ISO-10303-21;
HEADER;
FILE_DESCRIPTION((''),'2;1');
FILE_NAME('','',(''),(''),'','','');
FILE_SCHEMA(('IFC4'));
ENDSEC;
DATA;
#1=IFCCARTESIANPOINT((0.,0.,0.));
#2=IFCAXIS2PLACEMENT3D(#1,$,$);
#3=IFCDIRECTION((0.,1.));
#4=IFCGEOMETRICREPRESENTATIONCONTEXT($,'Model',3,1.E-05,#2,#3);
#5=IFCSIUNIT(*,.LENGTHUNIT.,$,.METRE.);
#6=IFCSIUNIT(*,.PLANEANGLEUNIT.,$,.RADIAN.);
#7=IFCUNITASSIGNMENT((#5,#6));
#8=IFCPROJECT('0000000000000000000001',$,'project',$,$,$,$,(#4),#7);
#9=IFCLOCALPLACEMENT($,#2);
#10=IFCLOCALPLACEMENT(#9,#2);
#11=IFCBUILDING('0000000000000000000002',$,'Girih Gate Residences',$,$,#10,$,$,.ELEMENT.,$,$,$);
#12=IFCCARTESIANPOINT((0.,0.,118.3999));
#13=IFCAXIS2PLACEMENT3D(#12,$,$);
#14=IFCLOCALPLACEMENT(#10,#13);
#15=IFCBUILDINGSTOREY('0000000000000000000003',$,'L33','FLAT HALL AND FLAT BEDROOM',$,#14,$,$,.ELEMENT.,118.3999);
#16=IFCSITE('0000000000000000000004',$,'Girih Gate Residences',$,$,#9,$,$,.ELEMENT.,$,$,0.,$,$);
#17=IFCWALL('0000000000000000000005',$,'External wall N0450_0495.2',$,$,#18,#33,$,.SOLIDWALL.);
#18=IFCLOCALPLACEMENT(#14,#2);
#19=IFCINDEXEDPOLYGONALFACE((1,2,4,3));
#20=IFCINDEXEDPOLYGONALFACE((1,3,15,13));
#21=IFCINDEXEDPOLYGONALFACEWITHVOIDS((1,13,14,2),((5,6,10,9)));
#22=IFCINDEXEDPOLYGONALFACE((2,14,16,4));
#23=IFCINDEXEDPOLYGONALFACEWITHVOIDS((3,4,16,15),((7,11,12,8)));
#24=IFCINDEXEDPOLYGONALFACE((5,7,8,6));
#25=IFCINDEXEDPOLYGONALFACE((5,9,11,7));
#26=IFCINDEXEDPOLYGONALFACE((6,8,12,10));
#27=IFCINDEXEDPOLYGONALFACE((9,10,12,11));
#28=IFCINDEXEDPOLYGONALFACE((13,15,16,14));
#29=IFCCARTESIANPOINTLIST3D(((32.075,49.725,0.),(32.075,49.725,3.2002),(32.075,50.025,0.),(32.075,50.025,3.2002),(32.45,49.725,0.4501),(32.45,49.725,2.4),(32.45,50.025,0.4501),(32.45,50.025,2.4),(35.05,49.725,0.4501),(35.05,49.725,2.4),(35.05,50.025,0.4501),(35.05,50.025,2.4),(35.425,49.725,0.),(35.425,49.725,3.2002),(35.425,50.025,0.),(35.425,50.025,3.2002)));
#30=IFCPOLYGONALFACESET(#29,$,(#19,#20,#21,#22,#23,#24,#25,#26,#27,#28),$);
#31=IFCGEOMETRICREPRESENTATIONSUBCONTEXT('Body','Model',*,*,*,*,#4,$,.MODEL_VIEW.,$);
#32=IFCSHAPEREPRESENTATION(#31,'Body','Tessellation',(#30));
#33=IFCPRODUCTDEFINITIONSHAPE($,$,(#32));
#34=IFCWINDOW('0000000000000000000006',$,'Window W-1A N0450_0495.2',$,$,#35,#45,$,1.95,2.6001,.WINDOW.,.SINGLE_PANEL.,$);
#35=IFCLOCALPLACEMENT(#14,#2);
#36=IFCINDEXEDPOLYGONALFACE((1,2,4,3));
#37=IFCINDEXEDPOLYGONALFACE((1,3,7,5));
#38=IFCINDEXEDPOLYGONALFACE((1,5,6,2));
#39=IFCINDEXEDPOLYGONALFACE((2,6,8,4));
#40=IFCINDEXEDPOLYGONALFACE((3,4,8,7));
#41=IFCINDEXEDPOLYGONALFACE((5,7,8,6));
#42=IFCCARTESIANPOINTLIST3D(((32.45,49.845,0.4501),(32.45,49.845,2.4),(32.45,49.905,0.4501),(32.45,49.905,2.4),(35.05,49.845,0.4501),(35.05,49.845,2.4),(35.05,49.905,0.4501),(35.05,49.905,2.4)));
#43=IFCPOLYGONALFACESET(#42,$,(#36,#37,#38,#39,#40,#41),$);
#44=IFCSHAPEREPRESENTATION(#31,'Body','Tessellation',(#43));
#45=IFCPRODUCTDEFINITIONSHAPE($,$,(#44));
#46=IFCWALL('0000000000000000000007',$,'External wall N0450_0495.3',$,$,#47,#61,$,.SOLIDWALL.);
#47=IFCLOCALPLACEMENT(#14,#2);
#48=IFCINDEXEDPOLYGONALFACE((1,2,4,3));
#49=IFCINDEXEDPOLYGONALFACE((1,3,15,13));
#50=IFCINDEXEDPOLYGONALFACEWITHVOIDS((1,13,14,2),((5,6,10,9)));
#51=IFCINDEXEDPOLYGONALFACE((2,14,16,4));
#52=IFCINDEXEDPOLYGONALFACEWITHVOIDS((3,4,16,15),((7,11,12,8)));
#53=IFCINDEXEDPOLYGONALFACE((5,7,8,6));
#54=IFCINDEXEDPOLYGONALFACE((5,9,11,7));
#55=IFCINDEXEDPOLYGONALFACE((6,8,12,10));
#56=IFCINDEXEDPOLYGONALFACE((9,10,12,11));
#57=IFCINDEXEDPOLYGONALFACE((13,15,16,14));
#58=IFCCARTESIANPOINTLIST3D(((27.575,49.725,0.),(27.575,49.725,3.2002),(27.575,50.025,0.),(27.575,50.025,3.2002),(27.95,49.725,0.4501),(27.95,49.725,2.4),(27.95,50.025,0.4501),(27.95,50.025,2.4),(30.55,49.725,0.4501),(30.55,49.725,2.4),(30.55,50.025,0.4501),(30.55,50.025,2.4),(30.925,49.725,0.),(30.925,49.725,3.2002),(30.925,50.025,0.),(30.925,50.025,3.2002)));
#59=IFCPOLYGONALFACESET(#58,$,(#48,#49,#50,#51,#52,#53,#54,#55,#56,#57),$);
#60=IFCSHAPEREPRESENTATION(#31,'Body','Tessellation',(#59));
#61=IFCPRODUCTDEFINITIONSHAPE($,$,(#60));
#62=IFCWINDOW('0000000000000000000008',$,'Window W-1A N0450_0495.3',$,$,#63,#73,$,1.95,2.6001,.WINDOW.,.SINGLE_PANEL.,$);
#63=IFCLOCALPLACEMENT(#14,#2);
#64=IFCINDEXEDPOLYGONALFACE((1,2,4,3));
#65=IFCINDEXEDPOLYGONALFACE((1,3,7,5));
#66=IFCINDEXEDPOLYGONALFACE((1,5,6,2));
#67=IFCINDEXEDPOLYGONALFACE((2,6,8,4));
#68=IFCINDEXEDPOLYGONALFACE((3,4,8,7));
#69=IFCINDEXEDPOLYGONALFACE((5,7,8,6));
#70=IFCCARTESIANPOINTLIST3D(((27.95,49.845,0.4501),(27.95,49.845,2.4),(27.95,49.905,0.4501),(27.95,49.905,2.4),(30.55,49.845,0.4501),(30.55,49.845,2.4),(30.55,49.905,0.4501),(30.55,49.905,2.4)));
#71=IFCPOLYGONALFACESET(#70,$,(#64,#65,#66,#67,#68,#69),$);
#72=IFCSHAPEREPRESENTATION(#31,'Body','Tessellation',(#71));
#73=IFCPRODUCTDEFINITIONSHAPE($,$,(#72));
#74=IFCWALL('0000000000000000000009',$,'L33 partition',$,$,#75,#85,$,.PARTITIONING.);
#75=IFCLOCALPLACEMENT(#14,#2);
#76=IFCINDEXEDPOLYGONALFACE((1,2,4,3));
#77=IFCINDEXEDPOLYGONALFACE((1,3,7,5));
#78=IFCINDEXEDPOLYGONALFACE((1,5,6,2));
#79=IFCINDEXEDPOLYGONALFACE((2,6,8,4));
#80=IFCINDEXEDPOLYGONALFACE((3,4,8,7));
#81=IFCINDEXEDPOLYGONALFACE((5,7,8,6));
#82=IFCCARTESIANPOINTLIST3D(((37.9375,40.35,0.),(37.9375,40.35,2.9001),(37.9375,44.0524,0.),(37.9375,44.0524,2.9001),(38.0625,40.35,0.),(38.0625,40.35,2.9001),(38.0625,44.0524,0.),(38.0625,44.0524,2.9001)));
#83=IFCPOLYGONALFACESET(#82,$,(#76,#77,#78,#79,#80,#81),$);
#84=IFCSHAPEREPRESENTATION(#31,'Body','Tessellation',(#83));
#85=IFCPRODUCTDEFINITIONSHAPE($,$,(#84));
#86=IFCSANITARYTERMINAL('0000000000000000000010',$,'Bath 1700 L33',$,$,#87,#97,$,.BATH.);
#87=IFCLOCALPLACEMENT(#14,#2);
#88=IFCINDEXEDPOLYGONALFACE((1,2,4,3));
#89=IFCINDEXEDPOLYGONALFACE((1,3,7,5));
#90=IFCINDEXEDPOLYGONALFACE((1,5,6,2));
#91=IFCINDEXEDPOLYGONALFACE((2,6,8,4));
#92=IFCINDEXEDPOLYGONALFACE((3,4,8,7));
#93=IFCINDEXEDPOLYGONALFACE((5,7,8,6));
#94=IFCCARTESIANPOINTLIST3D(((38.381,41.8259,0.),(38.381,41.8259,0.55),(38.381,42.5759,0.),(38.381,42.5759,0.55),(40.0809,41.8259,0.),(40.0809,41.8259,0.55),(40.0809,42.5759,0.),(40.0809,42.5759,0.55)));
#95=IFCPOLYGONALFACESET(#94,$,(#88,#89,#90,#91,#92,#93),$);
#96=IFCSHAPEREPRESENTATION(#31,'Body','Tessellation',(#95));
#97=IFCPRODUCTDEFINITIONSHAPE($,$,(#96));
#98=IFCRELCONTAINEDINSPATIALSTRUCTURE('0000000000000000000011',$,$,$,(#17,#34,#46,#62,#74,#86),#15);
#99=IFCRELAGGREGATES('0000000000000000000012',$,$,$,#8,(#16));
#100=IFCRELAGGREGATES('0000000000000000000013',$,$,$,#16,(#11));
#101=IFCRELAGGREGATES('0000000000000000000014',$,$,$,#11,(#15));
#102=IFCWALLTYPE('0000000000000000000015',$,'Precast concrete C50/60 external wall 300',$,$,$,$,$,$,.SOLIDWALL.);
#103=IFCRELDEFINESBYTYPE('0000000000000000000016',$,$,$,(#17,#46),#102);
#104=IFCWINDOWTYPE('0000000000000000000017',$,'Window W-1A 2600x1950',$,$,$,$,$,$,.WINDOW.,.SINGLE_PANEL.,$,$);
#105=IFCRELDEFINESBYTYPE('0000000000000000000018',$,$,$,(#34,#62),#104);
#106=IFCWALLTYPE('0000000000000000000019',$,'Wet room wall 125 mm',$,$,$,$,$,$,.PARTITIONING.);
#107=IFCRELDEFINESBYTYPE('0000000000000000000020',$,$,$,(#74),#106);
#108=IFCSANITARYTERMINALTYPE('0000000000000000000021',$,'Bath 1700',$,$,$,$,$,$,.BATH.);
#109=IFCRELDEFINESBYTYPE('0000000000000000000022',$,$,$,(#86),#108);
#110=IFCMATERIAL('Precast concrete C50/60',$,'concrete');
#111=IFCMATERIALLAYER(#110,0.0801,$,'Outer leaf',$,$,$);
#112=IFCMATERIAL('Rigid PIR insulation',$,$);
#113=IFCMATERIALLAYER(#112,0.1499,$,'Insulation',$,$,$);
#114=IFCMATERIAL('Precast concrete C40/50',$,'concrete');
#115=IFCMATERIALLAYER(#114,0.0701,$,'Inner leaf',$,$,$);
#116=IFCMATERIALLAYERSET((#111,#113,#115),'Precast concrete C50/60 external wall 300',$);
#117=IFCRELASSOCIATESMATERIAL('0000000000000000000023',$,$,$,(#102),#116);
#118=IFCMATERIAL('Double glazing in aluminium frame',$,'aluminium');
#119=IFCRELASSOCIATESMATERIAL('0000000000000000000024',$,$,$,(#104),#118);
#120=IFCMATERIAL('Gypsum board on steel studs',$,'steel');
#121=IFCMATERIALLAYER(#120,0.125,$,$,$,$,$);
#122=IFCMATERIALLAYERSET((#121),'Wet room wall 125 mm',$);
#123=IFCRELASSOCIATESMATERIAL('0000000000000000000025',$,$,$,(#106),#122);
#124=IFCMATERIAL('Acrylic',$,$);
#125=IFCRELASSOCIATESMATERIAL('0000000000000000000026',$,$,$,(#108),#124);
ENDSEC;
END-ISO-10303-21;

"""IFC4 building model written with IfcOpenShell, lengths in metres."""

from ifc_helpers import new_model, si_unit, direction, frame, frame_2d, origin, origin_2d, place, context, subcontext, project, spatial, rectangle, extrude, material, layer, layer_set, type_object, element, fill, save


model = new_model("IFC4")

# Units and contexts
model_context = context("Model", 3, precision=1e-05, world=origin(), true_north=direction((0.0, 1.0)))
body_context = subcontext(model_context, "Body", "Model", "MODEL_VIEW")
ifc_project = project(units=[si_unit("LENGTHUNIT", "METRE"), si_unit("PLANEANGLEUNIT", "RADIAN")], contexts=[model_context])

# Site, building, storey
site_placement = place(None, origin())
site = spatial("IfcSite", under=ifc_project, at=site_placement, Name="Girih Gate Residences", CompositionType="ELEMENT", RefElevation=0.0)
building_placement = place(site_placement, origin())
building = spatial("IfcBuilding", under=site, at=building_placement, Name="Girih Gate Residences", CompositionType="ELEMENT")
storey_placement = place(building_placement, frame((0.0, 0.0, 118.3999)))
storey = spatial("IfcBuildingStorey", under=building, at=storey_placement, Name="L33", Description="FLAT HALL AND FLAT BEDROOM", CompositionType="ELEMENT", Elevation=118.3999)

# Shared definitions
ifc_material_1 = material(Name="Gypsum board on steel studs", Category="steel")

# Walls, openings, windows
ifc_material_2 = material(Name="Precast concrete C50/60", Category="concrete")
ifc_layer_1 = layer(ifc_material_2, 0.0801, Name="Outer leaf")
ifc_material_3 = material(Name="Rigid PIR insulation")
ifc_layer_2 = layer(ifc_material_3, 0.1499, Name="Insulation")
ifc_material_4 = material(Name="Precast concrete C40/50", Category="concrete")
ifc_layer_3 = layer(ifc_material_4, 0.0701, Name="Inner leaf")
ifc_layer_set_1 = layer_set([ifc_layer_1, ifc_layer_2, ifc_layer_3], Name="Precast concrete C50/60 external wall 300")
wall_type_1 = type_object("IfcWallType", Name="Precast concrete C50/60 external wall 300", PredefinedType="SOLIDWALL", material=ifc_layer_set_1)
ifc_material_5 = material(Name="Double glazing in aluminium frame", Category="aluminium")
window_type = type_object("IfcWindowType", Name="Window W-1A 2600x1950", PartitioningType="SINGLE_PANEL", PredefinedType="WINDOW", material=ifc_material_5)
wall_1_placement = place(storey_placement, frame((32.075, 49.875, 0.0), z_axis=(0.0, 0.0, 1.0), x_axis=(1.0, 0.0, 0.0)))
wall_1 = element("IfcWall", 1, at=wall_1_placement, inside=storey, type_object=wall_type_1, Name="External wall N0450_0495.2", PredefinedType="SOLIDWALL", context=body_context, shape_type="SweptSolid", body=[
    extrude(rectangle(XDim=3.3501, YDim=0.3, at=frame_2d((1.675, 0.0))), origin(), (0.0, 0.0, 1.0), 3.2002),
])
opening_1_placement = place(wall_1_placement, frame((0.375, 0.0, 0.45)))
opening_1 = element("IfcOpeningElement", 2, at=opening_1_placement, cuts=wall_1, PredefinedType="OPENING", context=body_context, shape_type="SweptSolid", body=[
    extrude(rectangle(XDim=2.6001, YDim=1.95, at=frame_2d((1.3, 0.9751))), frame((0.0, 0.1599, 0.0), z_axis=(0.0, -1.0, 0.0), x_axis=(1.0, 0.0, 0.0)), (0.0, 0.0, 1.0), 0.3201),
])
window_1_placement = place(opening_1_placement, origin())
window_1 = element("IfcWindow", 3, at=window_1_placement, inside=storey, type_object=window_type, Name="Window W-1A N0450_0495.2", OverallHeight=1.95, OverallWidth=2.6001, PartitioningType="SINGLE_PANEL", PredefinedType="WINDOW", context=body_context, shape_type="SweptSolid", body=[
    extrude(rectangle(XDim=2.6001, YDim=1.95, at=frame_2d((1.3, 0.9751))), frame((0.0, 0.03, 0.0), z_axis=(0.0, -1.0, 0.0), x_axis=(1.0, 0.0, 0.0)), (0.0, 0.0, 1.0), 0.0601),
])
fill(opening_1, window_1)
wall_2_placement = place(storey_placement, frame((27.575, 49.875, 0.0), z_axis=(0.0, 0.0, 1.0), x_axis=(1.0, 0.0, 0.0)))
wall_2 = element("IfcWall", 4, at=wall_2_placement, inside=storey, type_object=wall_type_1, Name="External wall N0450_0495.3", PredefinedType="SOLIDWALL", context=body_context, shape_type="SweptSolid", body=[
    extrude(rectangle(XDim=3.3501, YDim=0.3, at=frame_2d((1.675, 0.0))), origin(), (0.0, 0.0, 1.0), 3.2002),
])
opening_2_placement = place(wall_2_placement, frame((0.375, 0.0, 0.45)))
opening_2 = element("IfcOpeningElement", 5, at=opening_2_placement, cuts=wall_2, PredefinedType="OPENING", context=body_context, shape_type="SweptSolid", body=[
    extrude(rectangle(XDim=2.6001, YDim=1.95, at=frame_2d((1.3, 0.9751))), frame((0.0, 0.1599, 0.0), z_axis=(0.0, -1.0, 0.0), x_axis=(1.0, 0.0, 0.0)), (0.0, 0.0, 1.0), 0.3201),
])
window_2_placement = place(opening_2_placement, origin())
window_2 = element("IfcWindow", 6, at=window_2_placement, inside=storey, type_object=window_type, Name="Window W-1A N0450_0495.3", OverallHeight=1.95, OverallWidth=2.6001, PartitioningType="SINGLE_PANEL", PredefinedType="WINDOW", context=body_context, shape_type="SweptSolid", body=[
    extrude(rectangle(XDim=2.6001, YDim=1.95, at=frame_2d((1.3, 0.9751))), frame((0.0, 0.03, 0.0), z_axis=(0.0, -1.0, 0.0), x_axis=(1.0, 0.0, 0.0)), (0.0, 0.0, 1.0), 0.0601),
])
fill(opening_2, window_2)

# Wall
ifc_layer_4 = layer(ifc_material_1, 0.125)
ifc_layer_set_2 = layer_set([ifc_layer_4], Name="Wet room wall 125 mm")
wall_type_2 = type_object("IfcWallType", Name="Wet room wall 125 mm", PredefinedType="PARTITIONING", material=ifc_layer_set_2)
wall_3_placement = place(storey_placement, frame((38.0, 40.3501, 0.0), z_axis=(0.0, 0.0, 1.0), x_axis=(0.0, 1.0, 0.0)))
element("IfcWall", 7, at=wall_3_placement, inside=storey, type_object=wall_type_2, Name="L33 partition", PredefinedType="PARTITIONING", context=body_context, shape_type="SweptSolid", body=[
    extrude(rectangle(XDim=3.7024, YDim=0.125, at=frame_2d((1.8511, 0.0))), origin(), (0.0, 0.0, 1.0), 2.9001),
])

# Sanitary terminal
ifc_material_6 = material(Name="Acrylic")
sanitary_terminal_type = type_object("IfcSanitaryTerminalType", Name="Bath 1700", PredefinedType="BATH", material=ifc_material_6)
sanitary_terminal_placement = place(storey_placement, frame((39.231, 42.2009, 0.0), z_axis=(0.0, 0.0, 1.0), x_axis=(1.0, 0.0, 0.0)))
element("IfcSanitaryTerminal", 8, at=sanitary_terminal_placement, inside=storey, type_object=sanitary_terminal_type, Name="Bath 1700 L33", PredefinedType="BATH", context=body_context, shape_type="SweptSolid", body=[
    extrude(rectangle(XDim=1.7, YDim=0.75, at=origin_2d()), origin(), (0.0, 0.0, 1.0), 0.55),
])

save(model, "model.ifc")
